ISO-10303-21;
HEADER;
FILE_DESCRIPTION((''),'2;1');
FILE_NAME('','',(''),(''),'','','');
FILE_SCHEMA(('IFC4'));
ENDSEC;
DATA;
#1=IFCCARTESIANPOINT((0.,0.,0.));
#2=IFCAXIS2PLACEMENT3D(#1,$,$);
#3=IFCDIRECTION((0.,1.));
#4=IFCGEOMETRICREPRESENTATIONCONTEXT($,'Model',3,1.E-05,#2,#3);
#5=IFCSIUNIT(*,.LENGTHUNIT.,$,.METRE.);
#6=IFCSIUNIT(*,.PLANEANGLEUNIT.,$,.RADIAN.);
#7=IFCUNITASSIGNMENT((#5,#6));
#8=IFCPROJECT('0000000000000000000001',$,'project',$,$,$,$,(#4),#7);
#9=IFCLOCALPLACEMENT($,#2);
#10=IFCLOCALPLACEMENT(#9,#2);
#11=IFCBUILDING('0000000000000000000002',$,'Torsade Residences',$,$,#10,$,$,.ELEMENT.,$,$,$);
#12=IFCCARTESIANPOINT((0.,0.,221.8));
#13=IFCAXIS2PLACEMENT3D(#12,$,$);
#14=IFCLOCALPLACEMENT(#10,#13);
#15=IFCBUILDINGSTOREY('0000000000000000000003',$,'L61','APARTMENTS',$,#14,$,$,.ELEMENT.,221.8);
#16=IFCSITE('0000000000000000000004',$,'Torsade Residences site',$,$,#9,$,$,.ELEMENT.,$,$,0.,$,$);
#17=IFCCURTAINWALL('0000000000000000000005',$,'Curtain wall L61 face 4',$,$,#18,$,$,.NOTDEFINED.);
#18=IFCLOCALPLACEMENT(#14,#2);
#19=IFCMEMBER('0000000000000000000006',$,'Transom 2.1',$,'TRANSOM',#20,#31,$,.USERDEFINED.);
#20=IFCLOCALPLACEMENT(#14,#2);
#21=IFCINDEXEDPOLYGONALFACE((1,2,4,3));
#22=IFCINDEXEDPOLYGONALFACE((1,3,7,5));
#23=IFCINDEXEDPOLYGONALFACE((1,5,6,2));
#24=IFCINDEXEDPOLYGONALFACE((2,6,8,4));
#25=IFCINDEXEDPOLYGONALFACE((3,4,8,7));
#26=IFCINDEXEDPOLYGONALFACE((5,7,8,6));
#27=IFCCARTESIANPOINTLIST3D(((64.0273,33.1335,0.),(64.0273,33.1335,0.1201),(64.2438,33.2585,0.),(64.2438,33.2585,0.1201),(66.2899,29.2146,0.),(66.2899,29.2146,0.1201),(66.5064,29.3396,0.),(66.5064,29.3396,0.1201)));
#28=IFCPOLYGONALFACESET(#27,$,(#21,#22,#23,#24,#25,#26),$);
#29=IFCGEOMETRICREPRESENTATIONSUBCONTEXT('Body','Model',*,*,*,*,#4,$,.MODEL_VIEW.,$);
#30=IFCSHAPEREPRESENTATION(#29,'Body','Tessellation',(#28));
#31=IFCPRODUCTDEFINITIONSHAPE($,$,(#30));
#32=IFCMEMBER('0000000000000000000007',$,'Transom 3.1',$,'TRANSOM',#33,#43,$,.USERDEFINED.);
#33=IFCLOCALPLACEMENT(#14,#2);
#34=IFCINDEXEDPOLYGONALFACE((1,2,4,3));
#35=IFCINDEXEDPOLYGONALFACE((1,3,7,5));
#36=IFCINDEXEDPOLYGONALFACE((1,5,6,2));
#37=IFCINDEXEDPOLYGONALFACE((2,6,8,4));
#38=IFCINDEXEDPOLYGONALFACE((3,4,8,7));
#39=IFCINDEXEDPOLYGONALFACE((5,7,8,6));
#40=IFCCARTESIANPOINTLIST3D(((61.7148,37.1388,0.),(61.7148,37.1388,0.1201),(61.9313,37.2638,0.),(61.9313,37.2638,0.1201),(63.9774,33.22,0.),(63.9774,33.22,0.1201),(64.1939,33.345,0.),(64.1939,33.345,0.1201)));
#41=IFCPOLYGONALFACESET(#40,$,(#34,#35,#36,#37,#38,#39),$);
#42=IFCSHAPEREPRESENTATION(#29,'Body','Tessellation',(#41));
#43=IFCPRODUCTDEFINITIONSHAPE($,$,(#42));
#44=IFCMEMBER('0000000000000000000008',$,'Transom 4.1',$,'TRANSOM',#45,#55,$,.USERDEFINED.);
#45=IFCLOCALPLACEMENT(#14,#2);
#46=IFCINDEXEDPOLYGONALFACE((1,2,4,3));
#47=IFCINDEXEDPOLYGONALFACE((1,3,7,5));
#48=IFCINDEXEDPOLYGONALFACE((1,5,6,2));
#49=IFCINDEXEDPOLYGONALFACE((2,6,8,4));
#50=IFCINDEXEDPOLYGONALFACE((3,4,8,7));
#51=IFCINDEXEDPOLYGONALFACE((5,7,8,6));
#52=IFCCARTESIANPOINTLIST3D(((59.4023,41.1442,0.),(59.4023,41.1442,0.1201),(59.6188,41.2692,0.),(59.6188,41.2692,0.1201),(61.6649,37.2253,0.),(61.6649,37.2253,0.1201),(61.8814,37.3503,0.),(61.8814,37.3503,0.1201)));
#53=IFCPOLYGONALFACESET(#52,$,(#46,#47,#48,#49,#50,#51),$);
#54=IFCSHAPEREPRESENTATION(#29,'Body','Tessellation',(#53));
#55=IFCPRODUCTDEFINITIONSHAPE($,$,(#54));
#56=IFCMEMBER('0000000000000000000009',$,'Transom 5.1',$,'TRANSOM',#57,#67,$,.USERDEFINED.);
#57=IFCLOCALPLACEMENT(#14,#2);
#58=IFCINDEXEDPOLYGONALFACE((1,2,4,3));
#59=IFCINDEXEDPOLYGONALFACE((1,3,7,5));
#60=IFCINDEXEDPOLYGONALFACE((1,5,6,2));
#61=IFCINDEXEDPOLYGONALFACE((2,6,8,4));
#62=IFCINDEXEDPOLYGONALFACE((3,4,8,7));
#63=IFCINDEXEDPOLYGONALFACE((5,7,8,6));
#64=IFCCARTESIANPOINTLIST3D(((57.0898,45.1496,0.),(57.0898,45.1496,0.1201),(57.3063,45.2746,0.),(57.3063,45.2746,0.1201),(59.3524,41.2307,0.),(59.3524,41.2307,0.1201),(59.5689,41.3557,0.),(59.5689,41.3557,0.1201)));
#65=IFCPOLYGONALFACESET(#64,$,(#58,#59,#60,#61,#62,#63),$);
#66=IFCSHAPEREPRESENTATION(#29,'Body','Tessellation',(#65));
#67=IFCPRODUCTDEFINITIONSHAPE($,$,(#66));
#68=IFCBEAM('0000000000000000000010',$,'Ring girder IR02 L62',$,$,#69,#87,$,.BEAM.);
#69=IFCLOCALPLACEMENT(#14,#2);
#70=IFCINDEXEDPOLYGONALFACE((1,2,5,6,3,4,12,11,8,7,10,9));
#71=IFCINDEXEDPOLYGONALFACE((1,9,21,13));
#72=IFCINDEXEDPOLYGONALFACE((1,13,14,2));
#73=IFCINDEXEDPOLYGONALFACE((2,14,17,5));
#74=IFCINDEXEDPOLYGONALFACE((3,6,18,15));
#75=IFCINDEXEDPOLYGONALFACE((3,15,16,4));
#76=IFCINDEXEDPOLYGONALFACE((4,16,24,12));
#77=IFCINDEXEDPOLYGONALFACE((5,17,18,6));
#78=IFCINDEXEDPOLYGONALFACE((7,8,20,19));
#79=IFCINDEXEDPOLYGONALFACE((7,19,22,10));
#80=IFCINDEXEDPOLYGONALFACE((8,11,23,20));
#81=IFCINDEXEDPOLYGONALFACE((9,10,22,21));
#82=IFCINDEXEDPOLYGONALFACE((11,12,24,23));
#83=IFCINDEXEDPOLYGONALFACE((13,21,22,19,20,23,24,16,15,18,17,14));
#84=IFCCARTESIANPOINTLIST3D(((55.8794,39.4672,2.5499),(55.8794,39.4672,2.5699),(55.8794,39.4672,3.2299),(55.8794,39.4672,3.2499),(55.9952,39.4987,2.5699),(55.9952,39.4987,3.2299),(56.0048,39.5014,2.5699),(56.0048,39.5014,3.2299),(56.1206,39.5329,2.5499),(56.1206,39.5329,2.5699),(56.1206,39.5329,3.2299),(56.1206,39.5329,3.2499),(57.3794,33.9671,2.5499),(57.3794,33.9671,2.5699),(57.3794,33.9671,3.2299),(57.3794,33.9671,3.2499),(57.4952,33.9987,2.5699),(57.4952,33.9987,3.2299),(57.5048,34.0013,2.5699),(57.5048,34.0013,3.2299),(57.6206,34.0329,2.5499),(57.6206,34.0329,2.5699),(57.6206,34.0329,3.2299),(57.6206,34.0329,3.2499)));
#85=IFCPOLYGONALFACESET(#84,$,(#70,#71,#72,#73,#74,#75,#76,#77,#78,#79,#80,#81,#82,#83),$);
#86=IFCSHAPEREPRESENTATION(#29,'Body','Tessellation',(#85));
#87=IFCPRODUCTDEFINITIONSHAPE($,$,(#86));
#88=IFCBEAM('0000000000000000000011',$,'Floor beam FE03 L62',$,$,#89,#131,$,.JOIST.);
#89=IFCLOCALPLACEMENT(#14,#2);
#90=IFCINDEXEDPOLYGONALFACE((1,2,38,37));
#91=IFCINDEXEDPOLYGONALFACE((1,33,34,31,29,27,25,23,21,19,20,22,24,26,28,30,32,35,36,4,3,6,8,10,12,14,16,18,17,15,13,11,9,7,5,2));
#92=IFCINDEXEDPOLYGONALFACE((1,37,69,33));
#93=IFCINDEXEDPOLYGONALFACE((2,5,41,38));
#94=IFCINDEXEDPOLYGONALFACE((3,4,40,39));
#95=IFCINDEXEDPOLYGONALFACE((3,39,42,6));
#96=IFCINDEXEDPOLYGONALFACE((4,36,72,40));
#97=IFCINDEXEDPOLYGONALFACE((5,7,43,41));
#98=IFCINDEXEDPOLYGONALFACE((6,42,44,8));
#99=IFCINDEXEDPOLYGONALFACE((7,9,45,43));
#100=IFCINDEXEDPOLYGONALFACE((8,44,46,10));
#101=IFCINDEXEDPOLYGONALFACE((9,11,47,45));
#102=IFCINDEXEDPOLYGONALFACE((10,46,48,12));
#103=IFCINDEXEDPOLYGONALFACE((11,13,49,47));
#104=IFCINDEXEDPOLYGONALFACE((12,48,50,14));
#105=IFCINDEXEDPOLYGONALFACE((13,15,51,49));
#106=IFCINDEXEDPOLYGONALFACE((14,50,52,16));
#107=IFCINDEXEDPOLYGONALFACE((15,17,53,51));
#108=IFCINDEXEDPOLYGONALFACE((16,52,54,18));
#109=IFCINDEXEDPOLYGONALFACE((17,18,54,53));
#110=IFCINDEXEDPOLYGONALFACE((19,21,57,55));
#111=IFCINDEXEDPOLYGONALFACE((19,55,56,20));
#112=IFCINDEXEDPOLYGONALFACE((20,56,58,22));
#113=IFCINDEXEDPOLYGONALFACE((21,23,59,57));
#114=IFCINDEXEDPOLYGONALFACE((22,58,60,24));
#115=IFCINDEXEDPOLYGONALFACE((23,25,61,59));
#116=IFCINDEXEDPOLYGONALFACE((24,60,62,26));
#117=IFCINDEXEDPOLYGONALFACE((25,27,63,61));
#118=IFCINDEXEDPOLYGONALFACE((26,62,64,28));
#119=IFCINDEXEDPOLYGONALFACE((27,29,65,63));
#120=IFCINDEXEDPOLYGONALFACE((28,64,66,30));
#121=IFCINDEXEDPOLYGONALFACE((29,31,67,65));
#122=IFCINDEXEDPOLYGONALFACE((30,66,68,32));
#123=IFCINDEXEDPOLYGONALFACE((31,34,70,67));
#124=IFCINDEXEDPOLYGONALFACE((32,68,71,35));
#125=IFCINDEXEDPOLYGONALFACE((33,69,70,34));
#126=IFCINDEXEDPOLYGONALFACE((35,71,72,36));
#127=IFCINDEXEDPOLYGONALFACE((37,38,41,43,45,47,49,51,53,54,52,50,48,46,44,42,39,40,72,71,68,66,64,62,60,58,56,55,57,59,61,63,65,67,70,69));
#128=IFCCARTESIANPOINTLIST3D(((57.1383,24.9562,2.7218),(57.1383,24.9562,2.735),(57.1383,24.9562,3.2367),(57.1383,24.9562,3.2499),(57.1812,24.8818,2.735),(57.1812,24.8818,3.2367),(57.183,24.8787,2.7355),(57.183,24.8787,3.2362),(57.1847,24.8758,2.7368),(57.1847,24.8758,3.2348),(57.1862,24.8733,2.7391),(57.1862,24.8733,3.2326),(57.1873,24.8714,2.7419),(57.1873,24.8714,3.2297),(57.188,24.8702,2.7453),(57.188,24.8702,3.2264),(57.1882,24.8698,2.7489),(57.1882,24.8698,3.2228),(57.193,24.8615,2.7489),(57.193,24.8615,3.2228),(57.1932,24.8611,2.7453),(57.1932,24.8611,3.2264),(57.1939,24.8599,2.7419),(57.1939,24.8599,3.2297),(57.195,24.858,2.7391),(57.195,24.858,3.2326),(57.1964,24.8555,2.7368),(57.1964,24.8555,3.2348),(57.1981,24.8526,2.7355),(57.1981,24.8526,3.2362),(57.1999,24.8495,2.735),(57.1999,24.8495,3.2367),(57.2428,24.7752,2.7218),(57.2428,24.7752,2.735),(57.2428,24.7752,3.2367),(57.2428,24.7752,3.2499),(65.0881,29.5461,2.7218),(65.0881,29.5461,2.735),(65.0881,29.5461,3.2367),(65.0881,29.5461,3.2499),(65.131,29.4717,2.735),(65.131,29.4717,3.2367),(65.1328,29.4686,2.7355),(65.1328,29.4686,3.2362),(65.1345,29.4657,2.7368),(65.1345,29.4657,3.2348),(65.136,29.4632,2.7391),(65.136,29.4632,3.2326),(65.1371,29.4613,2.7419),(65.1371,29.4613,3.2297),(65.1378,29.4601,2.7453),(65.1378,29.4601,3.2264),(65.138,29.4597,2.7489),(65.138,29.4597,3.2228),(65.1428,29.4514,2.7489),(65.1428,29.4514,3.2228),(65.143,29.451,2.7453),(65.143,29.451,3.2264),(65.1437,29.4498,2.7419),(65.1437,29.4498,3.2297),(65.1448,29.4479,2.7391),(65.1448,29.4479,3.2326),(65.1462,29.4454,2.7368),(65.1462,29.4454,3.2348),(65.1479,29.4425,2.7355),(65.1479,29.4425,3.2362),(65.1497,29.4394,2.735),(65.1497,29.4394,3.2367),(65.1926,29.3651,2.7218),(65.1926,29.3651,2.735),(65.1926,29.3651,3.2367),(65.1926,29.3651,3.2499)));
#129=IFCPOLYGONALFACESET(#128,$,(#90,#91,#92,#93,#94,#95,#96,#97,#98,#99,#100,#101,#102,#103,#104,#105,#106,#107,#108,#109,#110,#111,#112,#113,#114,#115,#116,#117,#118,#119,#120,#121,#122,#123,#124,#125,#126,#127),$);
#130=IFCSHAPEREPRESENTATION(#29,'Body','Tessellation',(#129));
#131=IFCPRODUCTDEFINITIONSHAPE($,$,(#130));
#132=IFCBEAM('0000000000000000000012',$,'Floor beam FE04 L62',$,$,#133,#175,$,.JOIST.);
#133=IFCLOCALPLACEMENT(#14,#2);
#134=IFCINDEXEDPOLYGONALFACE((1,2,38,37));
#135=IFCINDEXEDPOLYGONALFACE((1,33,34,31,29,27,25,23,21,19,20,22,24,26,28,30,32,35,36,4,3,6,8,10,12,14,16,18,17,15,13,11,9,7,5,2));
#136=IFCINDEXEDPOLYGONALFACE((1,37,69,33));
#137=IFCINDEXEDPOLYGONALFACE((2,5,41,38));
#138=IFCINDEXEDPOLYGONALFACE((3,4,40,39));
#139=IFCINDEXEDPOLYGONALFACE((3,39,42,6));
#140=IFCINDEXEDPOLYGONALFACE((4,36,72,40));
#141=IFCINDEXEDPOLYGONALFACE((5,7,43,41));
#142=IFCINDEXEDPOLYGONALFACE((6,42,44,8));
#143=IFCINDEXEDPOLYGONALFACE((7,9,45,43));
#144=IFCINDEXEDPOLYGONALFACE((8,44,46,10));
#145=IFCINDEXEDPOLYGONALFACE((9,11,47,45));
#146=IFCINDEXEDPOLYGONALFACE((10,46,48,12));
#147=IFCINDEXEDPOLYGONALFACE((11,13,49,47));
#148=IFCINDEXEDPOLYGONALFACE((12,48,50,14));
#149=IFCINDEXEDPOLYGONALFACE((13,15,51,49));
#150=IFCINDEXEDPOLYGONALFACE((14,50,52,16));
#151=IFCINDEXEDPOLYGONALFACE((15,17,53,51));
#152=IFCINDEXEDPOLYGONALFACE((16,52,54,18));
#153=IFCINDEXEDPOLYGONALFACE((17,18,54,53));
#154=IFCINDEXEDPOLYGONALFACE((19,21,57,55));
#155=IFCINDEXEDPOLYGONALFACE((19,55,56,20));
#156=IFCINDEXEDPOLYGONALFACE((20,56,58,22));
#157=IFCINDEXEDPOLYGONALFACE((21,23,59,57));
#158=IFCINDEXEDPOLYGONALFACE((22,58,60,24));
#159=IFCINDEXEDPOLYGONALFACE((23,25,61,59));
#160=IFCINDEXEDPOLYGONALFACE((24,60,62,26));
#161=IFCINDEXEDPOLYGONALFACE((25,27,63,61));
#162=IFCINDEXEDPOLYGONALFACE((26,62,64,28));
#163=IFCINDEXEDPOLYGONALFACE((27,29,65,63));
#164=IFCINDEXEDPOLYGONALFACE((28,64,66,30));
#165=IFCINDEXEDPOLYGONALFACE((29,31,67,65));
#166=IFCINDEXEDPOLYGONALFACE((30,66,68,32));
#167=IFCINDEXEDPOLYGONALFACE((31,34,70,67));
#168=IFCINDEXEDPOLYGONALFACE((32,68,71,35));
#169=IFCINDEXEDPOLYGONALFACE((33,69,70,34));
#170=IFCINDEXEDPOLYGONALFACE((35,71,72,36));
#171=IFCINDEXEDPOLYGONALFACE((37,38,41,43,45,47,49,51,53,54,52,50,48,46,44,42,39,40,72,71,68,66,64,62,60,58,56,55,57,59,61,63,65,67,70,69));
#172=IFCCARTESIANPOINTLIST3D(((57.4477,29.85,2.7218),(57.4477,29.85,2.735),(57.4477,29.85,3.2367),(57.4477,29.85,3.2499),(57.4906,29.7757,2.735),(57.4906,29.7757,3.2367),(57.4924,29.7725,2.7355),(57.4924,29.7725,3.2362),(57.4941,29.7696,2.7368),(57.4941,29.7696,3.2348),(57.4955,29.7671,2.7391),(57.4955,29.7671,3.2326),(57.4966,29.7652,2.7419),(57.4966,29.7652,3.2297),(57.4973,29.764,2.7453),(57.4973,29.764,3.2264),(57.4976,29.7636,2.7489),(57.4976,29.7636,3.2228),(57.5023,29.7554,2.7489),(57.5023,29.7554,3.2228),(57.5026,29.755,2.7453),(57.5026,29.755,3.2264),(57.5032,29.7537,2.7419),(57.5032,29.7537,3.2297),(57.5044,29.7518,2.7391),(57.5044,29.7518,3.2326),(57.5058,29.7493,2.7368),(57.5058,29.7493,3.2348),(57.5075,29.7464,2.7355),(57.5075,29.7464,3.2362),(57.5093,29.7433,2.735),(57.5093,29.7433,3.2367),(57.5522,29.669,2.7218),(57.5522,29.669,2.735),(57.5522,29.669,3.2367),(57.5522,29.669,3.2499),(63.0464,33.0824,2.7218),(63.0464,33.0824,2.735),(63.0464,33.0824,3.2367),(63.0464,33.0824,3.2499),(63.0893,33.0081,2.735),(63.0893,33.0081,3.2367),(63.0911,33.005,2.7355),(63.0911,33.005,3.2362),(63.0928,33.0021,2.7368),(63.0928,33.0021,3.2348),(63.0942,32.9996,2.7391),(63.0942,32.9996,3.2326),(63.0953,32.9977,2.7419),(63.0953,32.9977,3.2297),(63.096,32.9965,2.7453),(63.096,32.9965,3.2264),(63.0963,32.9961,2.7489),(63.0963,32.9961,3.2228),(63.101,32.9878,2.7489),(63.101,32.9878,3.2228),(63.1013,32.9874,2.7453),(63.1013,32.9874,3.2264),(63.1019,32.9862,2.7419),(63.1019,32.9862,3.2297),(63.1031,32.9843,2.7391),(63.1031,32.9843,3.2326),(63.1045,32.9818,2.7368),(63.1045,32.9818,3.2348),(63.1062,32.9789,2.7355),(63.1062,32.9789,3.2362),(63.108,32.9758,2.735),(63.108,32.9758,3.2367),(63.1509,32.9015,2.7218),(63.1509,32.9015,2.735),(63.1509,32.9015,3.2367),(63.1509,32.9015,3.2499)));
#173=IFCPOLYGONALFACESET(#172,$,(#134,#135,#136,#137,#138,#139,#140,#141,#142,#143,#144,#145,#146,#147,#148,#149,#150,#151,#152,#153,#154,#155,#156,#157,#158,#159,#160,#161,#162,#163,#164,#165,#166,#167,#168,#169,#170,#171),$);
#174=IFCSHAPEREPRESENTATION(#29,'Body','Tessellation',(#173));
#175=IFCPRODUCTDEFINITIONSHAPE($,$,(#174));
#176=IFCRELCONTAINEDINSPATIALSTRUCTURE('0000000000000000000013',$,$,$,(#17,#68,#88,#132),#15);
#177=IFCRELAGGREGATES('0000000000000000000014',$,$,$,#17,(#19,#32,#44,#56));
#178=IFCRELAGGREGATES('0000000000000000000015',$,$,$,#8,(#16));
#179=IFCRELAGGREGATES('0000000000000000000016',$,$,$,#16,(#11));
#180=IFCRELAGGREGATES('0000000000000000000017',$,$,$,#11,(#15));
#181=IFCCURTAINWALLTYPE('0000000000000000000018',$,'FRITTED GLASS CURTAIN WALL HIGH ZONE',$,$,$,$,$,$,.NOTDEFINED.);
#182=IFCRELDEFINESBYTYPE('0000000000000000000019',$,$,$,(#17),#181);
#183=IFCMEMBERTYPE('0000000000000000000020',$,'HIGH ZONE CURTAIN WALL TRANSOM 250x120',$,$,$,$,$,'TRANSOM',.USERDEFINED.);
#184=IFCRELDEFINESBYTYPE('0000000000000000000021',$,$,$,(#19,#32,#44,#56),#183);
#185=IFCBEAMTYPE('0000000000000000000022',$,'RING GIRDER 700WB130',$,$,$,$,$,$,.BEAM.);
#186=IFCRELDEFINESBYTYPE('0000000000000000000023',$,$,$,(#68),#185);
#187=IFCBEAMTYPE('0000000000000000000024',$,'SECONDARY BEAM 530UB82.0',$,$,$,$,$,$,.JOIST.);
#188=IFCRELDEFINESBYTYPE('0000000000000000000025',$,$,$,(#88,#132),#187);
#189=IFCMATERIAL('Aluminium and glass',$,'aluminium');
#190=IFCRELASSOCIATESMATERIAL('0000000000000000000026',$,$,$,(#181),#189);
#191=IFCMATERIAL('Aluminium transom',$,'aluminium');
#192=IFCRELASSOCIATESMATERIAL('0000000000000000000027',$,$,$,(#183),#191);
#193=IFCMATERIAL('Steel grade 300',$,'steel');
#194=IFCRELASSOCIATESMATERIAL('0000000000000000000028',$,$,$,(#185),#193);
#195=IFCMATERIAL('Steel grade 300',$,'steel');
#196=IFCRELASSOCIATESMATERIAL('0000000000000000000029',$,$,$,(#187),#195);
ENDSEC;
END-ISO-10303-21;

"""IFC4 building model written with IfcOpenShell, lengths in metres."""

from ifc_helpers import new_model, si_unit, direction, frame, origin, origin_2d, place, context, subcontext, project, spatial, rectangle, i_section, extrude, material, material_profile, profile_set, type_object, element, aggregate, save


model = new_model("IFC4")

# Units and contexts
model_context = context("Model", 3, precision=1e-05, world=origin(), true_north=direction((0.0, 1.0)))
body_context = subcontext(model_context, "Body", "Model", "MODEL_VIEW")
ifc_project = project(units=[si_unit("LENGTHUNIT", "METRE"), si_unit("PLANEANGLEUNIT", "RADIAN")], contexts=[model_context])

# Site, building, storey
site_placement = place(None, origin())
site = spatial("IfcSite", under=ifc_project, at=site_placement, Name="Torsade Residences site", CompositionType="ELEMENT", RefElevation=0.0)
building_placement = place(site_placement, origin())
building = spatial("IfcBuilding", under=site, at=building_placement, Name="Torsade Residences", CompositionType="ELEMENT")
storey_placement = place(building_placement, frame((0.0, 0.0, 221.8)))
storey = spatial("IfcBuildingStorey", under=building, at=storey_placement, Name="L61", Description="APARTMENTS", CompositionType="ELEMENT", Elevation=221.8)

# Curtain wall, members
ifc_material_1 = material(Name="Aluminium and glass", Category="aluminium")
curtain_wall_type = type_object("IfcCurtainWallType", Name="FRITTED GLASS CURTAIN WALL HIGH ZONE", PredefinedType="NOTDEFINED", material=ifc_material_1)
curtain_wall_placement = place(storey_placement, origin())
curtain_wall = element("IfcCurtainWall", 1, at=curtain_wall_placement, inside=storey, type_object=curtain_wall_type, Name="Curtain wall L61 face 4", PredefinedType="NOTDEFINED")
ifc_material_2 = material(Name="Aluminium transom", Category="aluminium")
ifc_material_profile_1 = material_profile(ifc_material_2, rectangle(XDim=0.25, YDim=0.1201, at=origin_2d()), Name="HIGH ZONE CURTAIN WALL TRANSOM 250x120")
ifc_profile_set_1 = profile_set([ifc_material_profile_1], Name="Aluminium transom")
member_type_1 = type_object("IfcMemberType", Name="HIGH ZONE CURTAIN WALL TRANSOM 250x120", ElementType="TRANSOM", PredefinedType="USERDEFINED", material=ifc_profile_set_1)
member_1_placement = place(storey_placement, frame((66.3982, 29.2771, 0.0601), z_axis=(-0.500015, 0.866017, 0.0), x_axis=(-0.866017, -0.500015, 0.0)))
member_1 = element("IfcMember", 2, at=member_1_placement, type_object=member_type_1, Name="Transom 2.1", ObjectType="TRANSOM", PredefinedType="USERDEFINED", context=body_context, shape_type="SweptSolid", body=[
    extrude(rectangle(XDim=0.25, YDim=0.1201, at=origin_2d()), origin(), (0.0, 0.0, 1.0), 4.5251),
])
member_2_placement = place(storey_placement, frame((64.0857, 33.2825, 0.0601), z_axis=(-0.500015, 0.866017, 0.0), x_axis=(-0.866017, -0.500015, 0.0)))
member_2 = element("IfcMember", 3, at=member_2_placement, type_object=member_type_1, Name="Transom 3.1", ObjectType="TRANSOM", PredefinedType="USERDEFINED", context=body_context, shape_type="SweptSolid", body=[
    extrude(rectangle(XDim=0.25, YDim=0.1201, at=origin_2d()), origin(), (0.0, 0.0, 1.0), 4.5251),
])
member_3_placement = place(storey_placement, frame((61.7732, 37.2878, 0.0601), z_axis=(-0.500015, 0.866017, 0.0), x_axis=(-0.866017, -0.500015, 0.0)))
member_3 = element("IfcMember", 4, at=member_3_placement, type_object=member_type_1, Name="Transom 4.1", ObjectType="TRANSOM", PredefinedType="USERDEFINED", context=body_context, shape_type="SweptSolid", body=[
    extrude(rectangle(XDim=0.25, YDim=0.1201, at=origin_2d()), origin(), (0.0, 0.0, 1.0), 4.5251),
])
member_4_placement = place(storey_placement, frame((59.4607, 41.2932, 0.0601), z_axis=(-0.500015, 0.866017, 0.0), x_axis=(-0.866017, -0.500015, 0.0)))
member_4 = element("IfcMember", 5, at=member_4_placement, type_object=member_type_1, Name="Transom 5.1", ObjectType="TRANSOM", PredefinedType="USERDEFINED", context=body_context, shape_type="SweptSolid", body=[
    extrude(rectangle(XDim=0.25, YDim=0.1201, at=origin_2d()), origin(), (0.0, 0.0, 1.0), 4.5251),
])

# Beams
ifc_material_3 = material(Name="Steel grade 300", Category="steel")
ifc_material_profile_2 = material_profile(ifc_material_3, i_section(OverallWidth=0.25, OverallDepth=0.7, WebThickness=0.01, FlangeThickness=0.02, at=origin_2d()), Name="700WB130")
ifc_profile_set_2 = profile_set([ifc_material_profile_2], Name="Steel grade 300")
beam_type_1 = type_object("IfcBeamType", Name="RING GIRDER 700WB130", PredefinedType="BEAM", material=ifc_profile_set_2)
beam_1_placement = place(storey_placement, frame((57.5, 34.0, 2.8999), z_axis=(-0.263117, 0.964764, 0.0), x_axis=(-0.964764, -0.263117, 0.0)))
element("IfcBeam", 6, at=beam_1_placement, inside=storey, type_object=beam_type_1, Name="Ring girder IR02 L62", PredefinedType="BEAM", context=body_context, shape_type="SweptSolid", body=[
    extrude(i_section(OverallWidth=0.25, OverallDepth=0.7, WebThickness=0.01, FlangeThickness=0.02, at=origin_2d()), origin(), (0.0, 0.0, 1.0), 5.7009),
])
ifc_material_4 = material(Name="Steel grade 300", Category="steel")
ifc_material_profile_3 = material_profile(ifc_material_4, i_section(OverallWidth=0.209, OverallDepth=0.5281, WebThickness=0.0095, FlangeThickness=0.0132, FilletRadius=0.0139, at=origin_2d()), Name="530UB82.0")
ifc_profile_set_3 = profile_set([ifc_material_profile_3], Name="Steel grade 300")
beam_type_2 = type_object("IfcBeamType", Name="SECONDARY BEAM 530UB82.0", PredefinedType="JOIST", material=ifc_profile_set_3)
beam_2_placement = place(storey_placement, frame((65.1404, 29.4556, 2.9858), z_axis=(-0.866022, -0.500006, 0.0), x_axis=(0.500006, -0.866022, 0.0)))
element("IfcBeam", 7, at=beam_2_placement, inside=storey, type_object=beam_type_2, Name="Floor beam FE03 L62", PredefinedType="JOIST", context=body_context, shape_type="SweptSolid", body=[
    extrude(i_section(OverallWidth=0.209, OverallDepth=0.5281, WebThickness=0.0095, FlangeThickness=0.0132, FilletRadius=0.0139, at=origin_2d()), origin(), (0.0, 0.0, 1.0), 9.1797),
])
beam_3_placement = place(storey_placement, frame((63.0986, 32.9919, 2.9858), z_axis=(-0.866022, -0.500006, 0.0), x_axis=(0.500006, -0.866022, 0.0)))
element("IfcBeam", 8, at=beam_3_placement, inside=storey, type_object=beam_type_2, Name="Floor beam FE04 L62", PredefinedType="JOIST", context=body_context, shape_type="SweptSolid", body=[
    extrude(i_section(OverallWidth=0.209, OverallDepth=0.5281, WebThickness=0.0095, FlangeThickness=0.0132, FilletRadius=0.0139, at=origin_2d()), origin(), (0.0, 0.0, 1.0), 6.4648),
])

aggregate(curtain_wall, [member_1, member_2, member_3, member_4])

save(model, "model.ifc")
